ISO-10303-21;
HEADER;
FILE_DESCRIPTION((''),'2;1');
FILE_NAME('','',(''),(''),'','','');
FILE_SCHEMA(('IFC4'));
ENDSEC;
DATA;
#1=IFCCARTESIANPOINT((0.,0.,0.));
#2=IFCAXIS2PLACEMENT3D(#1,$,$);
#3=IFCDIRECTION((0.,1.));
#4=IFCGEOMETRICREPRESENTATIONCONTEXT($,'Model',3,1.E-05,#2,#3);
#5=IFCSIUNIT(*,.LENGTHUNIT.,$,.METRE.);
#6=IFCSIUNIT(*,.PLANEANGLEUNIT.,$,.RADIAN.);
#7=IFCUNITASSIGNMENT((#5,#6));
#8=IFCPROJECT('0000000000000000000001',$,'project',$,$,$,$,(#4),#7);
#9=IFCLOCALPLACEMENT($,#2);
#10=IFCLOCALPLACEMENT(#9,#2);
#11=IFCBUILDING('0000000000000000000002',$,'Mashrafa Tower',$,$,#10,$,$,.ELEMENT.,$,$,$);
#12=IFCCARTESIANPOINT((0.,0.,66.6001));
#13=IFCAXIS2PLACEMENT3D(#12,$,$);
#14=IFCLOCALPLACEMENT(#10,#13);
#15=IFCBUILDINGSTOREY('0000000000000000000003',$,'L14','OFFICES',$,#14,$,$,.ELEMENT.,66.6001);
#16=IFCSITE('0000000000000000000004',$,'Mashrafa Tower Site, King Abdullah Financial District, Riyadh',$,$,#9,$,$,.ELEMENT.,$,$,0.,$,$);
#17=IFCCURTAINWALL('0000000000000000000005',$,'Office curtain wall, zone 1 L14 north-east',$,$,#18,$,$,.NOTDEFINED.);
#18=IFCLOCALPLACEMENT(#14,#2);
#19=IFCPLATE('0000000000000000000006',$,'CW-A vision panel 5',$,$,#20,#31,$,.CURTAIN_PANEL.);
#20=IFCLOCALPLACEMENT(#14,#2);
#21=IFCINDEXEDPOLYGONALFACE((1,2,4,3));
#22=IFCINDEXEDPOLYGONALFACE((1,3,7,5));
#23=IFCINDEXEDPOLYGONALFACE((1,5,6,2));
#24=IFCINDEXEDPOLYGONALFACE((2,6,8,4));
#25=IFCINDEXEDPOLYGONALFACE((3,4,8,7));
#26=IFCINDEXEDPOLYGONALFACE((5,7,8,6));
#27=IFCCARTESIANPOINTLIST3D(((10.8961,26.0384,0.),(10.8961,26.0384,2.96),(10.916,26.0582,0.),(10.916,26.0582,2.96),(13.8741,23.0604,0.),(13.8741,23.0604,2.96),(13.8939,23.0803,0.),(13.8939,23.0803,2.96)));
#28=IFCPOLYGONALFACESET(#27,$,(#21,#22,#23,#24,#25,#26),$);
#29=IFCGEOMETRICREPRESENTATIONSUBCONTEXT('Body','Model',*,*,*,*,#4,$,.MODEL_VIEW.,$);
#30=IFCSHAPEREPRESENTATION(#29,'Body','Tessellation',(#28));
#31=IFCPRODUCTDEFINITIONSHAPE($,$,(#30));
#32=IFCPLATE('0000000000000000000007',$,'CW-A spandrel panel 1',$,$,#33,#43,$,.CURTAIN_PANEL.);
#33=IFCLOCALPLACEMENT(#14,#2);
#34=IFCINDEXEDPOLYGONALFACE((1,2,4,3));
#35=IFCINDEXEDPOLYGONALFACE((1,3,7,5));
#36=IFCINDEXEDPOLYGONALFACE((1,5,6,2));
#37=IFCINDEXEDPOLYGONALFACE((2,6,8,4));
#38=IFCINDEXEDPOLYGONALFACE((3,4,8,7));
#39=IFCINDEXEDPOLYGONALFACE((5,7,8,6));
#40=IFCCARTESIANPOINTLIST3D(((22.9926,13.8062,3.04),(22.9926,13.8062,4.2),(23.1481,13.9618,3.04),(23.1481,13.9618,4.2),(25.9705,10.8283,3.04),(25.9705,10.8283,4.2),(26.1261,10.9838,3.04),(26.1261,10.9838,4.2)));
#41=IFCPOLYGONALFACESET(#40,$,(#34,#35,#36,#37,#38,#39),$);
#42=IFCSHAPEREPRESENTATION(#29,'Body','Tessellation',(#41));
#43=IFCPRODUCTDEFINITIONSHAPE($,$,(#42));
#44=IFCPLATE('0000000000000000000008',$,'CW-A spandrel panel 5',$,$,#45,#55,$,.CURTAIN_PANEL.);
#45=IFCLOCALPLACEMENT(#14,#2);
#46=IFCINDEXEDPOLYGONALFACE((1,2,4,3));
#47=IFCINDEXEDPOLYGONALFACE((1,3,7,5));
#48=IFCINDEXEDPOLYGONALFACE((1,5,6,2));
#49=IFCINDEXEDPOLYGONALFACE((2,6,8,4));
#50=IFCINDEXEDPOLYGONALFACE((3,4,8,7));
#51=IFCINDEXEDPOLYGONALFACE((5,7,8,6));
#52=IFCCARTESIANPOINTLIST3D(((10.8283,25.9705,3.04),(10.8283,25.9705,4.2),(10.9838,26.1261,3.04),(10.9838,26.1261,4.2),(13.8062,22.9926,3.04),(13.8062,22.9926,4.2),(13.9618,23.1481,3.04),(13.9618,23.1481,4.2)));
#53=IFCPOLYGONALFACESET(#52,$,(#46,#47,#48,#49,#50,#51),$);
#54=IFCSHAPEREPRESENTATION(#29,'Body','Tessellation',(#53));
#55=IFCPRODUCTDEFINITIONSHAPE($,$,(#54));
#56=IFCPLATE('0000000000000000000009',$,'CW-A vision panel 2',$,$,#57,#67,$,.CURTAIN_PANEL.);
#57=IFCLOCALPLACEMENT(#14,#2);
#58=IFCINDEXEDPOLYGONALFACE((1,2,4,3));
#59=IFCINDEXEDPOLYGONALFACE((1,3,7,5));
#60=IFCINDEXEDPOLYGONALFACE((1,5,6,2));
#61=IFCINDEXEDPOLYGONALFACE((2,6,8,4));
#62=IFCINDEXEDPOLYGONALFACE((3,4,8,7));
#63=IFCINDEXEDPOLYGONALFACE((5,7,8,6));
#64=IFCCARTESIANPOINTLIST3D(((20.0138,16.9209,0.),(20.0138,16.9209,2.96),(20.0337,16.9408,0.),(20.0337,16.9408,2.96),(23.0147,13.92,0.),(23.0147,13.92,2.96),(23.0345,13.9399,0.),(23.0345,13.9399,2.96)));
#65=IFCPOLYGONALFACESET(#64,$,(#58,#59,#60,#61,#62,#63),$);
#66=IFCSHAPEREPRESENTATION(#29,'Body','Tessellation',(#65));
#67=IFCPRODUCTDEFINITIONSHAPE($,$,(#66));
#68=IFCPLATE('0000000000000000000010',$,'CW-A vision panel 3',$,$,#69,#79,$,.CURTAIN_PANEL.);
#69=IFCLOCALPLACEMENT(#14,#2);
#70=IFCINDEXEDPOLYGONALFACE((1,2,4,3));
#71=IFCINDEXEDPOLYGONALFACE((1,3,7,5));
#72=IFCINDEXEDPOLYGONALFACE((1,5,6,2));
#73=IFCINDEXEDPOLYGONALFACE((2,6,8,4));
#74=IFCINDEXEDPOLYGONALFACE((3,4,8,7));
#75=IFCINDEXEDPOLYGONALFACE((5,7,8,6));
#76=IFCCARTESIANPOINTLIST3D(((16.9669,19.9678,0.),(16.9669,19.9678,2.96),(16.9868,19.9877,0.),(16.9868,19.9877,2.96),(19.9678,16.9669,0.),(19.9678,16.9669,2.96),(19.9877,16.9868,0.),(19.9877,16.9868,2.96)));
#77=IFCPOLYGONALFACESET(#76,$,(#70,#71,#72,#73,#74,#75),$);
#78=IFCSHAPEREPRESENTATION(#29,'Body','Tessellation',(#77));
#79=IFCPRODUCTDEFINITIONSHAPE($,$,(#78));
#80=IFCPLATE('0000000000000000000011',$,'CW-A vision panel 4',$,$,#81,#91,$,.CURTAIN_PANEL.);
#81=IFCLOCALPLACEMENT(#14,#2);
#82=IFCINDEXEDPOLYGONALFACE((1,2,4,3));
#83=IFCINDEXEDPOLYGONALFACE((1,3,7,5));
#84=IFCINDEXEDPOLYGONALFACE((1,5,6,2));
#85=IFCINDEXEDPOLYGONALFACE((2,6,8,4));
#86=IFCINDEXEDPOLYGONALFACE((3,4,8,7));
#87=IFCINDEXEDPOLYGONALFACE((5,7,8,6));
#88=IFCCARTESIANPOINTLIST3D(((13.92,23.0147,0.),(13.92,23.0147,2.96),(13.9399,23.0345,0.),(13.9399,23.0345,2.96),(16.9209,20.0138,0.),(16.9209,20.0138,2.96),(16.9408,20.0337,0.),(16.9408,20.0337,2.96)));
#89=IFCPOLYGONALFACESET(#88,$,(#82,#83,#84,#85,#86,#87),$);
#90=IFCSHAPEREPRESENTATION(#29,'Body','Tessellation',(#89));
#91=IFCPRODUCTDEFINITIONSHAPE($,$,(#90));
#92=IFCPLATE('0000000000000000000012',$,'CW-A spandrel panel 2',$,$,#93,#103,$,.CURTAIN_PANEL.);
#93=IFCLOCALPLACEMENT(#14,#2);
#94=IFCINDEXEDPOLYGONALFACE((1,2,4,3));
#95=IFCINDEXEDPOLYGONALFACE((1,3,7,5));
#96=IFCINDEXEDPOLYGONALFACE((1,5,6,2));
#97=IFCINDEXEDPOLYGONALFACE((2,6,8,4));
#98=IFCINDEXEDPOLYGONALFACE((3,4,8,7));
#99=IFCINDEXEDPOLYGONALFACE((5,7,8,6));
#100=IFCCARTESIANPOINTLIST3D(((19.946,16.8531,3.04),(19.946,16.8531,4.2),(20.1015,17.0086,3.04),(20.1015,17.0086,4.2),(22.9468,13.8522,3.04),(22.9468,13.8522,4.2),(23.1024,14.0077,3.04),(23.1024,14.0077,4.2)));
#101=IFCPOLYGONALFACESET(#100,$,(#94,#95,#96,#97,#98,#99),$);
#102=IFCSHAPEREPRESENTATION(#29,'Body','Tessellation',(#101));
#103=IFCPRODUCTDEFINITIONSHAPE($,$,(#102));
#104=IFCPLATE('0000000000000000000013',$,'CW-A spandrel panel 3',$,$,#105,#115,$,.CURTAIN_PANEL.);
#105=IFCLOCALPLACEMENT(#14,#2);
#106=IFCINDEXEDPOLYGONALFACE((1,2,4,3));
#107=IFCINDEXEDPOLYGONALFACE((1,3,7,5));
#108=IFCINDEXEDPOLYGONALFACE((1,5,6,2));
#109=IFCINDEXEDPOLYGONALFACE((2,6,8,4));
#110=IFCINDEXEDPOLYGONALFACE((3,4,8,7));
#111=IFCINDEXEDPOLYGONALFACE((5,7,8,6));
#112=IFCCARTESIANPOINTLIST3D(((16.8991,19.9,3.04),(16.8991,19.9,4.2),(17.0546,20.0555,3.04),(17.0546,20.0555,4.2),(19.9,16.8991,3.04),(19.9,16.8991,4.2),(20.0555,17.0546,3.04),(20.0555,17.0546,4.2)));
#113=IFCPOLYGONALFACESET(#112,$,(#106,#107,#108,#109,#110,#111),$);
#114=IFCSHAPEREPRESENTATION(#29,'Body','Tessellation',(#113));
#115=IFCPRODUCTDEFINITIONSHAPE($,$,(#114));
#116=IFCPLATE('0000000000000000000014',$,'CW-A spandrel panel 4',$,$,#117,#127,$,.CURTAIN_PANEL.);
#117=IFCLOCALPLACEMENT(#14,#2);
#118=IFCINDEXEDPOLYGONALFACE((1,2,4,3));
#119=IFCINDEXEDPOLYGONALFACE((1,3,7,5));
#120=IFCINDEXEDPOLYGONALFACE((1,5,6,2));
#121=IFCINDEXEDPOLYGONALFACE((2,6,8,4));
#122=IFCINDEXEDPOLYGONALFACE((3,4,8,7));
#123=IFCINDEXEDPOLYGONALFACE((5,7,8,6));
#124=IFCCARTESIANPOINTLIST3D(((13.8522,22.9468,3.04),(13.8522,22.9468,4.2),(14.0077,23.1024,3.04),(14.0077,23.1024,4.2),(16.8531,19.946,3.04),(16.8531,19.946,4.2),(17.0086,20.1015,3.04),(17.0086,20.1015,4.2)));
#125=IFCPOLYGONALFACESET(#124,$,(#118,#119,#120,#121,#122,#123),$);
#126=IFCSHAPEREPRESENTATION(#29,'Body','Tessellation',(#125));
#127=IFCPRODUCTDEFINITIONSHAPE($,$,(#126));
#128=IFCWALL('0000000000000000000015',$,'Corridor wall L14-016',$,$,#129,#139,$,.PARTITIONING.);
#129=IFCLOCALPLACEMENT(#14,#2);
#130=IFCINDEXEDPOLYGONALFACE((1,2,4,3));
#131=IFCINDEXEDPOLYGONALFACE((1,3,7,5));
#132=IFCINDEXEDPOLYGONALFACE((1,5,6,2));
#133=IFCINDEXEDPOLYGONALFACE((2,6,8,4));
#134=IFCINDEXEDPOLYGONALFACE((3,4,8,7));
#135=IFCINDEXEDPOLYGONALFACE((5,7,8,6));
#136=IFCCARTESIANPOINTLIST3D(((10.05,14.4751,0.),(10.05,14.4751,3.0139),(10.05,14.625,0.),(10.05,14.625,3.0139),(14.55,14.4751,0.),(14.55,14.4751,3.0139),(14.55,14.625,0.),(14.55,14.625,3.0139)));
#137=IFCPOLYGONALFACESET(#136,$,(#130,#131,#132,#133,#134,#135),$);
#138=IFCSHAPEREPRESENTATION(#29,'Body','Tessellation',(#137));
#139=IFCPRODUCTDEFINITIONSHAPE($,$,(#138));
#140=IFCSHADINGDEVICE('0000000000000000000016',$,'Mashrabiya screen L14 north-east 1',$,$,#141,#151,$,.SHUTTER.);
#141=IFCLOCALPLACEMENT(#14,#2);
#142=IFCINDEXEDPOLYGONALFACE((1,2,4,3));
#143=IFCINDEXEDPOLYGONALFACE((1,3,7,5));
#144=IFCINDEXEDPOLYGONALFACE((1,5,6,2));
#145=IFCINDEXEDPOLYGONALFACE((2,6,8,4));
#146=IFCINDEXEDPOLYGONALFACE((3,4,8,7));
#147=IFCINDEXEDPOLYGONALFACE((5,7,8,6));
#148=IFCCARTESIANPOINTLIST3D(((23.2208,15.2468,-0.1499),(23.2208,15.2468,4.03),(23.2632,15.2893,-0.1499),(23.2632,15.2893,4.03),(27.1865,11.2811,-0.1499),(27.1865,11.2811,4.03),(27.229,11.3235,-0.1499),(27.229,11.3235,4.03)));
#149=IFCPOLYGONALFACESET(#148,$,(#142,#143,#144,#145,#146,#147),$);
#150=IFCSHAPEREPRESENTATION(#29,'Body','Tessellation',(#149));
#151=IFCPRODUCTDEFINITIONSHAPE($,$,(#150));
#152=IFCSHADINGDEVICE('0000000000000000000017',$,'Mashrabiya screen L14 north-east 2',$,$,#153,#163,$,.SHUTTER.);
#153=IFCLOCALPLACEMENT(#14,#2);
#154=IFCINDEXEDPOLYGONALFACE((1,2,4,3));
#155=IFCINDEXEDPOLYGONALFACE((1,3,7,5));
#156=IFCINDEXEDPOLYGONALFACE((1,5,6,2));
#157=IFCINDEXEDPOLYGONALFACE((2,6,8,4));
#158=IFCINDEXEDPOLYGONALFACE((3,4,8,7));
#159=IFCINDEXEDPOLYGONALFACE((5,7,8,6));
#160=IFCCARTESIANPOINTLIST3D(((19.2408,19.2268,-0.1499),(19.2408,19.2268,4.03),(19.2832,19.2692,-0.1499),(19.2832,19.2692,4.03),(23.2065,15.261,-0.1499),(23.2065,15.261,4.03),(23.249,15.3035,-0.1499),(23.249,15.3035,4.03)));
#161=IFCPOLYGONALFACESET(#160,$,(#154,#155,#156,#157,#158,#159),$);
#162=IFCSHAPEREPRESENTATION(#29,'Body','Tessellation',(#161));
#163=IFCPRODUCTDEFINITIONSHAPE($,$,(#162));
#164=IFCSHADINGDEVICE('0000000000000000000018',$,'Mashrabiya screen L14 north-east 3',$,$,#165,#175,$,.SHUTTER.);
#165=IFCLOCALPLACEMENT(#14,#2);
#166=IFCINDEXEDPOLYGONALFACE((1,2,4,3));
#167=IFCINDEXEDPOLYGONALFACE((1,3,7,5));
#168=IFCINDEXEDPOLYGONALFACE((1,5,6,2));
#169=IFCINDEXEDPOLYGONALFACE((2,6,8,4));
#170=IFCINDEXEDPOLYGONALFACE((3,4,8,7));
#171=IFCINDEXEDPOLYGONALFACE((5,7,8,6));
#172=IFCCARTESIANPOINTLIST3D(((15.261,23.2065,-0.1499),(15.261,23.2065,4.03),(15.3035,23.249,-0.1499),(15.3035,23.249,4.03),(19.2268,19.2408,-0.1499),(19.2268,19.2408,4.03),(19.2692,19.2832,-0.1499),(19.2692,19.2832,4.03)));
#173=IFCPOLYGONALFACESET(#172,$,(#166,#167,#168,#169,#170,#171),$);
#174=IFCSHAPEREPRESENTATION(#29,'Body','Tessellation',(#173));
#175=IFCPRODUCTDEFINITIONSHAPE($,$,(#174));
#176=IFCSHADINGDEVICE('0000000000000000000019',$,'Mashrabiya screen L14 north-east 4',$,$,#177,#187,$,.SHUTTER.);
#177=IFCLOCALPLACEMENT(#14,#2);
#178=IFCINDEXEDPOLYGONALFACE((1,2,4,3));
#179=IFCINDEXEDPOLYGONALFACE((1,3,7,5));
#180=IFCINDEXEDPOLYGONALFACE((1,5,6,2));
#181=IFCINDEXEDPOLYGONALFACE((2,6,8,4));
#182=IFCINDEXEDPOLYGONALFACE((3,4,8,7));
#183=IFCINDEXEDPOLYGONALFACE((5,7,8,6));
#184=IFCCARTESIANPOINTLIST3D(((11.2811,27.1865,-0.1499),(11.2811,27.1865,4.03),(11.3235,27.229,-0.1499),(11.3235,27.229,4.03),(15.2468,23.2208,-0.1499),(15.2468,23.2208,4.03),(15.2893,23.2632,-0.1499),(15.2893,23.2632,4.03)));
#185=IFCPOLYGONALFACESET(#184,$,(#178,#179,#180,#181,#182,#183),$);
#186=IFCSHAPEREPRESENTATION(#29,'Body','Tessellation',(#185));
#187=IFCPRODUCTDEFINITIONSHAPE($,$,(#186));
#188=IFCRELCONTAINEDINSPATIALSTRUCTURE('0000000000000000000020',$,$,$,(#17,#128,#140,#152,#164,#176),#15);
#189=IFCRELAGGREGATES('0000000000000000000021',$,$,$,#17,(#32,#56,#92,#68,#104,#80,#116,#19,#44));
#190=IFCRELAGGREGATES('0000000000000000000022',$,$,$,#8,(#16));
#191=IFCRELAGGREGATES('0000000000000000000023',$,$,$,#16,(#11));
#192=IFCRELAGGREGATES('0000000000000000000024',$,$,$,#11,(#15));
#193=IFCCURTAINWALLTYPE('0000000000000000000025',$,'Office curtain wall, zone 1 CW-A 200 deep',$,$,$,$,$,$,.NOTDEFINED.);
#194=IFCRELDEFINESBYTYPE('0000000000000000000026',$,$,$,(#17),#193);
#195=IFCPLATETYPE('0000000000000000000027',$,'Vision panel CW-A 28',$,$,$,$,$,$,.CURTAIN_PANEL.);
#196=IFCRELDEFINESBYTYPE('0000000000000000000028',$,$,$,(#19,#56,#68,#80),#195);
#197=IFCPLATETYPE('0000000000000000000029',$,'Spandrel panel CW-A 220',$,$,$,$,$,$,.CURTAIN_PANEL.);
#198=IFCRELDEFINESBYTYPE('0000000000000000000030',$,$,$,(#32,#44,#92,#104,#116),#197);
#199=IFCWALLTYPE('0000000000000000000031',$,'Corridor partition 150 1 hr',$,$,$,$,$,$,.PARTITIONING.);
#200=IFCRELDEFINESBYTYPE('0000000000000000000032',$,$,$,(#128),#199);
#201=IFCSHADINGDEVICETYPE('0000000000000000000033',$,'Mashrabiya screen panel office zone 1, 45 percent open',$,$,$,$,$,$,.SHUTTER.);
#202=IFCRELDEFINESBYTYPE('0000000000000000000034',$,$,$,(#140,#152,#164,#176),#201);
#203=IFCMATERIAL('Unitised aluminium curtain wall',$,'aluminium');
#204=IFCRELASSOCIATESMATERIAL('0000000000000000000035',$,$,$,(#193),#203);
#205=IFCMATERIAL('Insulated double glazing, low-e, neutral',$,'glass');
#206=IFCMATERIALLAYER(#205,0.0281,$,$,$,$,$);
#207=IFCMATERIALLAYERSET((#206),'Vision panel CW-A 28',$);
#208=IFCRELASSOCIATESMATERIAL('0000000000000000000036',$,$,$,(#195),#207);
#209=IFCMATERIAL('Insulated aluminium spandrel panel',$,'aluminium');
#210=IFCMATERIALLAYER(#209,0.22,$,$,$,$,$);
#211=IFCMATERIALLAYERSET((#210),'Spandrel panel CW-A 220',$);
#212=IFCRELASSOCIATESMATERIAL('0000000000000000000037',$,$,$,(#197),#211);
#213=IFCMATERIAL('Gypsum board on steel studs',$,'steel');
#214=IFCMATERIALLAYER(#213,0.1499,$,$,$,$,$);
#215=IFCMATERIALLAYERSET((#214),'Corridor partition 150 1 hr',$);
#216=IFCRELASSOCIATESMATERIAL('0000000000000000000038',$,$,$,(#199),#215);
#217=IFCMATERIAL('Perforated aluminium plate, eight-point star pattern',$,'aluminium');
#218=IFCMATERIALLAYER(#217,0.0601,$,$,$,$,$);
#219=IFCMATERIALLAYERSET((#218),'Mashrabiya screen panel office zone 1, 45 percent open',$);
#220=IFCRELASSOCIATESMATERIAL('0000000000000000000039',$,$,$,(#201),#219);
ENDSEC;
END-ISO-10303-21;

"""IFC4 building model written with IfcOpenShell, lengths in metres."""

from ifc_helpers import new_model, si_unit, direction, frame, frame_2d, origin, origin_2d, place, context, subcontext, project, spatial, rectangle, extrude, source, transform, mapped, material, layer, layer_set, type_object, type_shapes, element, aggregate, save


model = new_model("IFC4")

# Units and contexts
model_context = context("Model", 3, precision=1e-05, world=origin(), true_north=direction((0.0, 1.0)))
body_context = subcontext(model_context, "Body", "Model", "MODEL_VIEW")
ifc_project = project(units=[si_unit("LENGTHUNIT", "METRE"), si_unit("PLANEANGLEUNIT", "RADIAN")], contexts=[model_context])

# Site, building, storey
site_placement = place(None, origin())
site = spatial("IfcSite", under=ifc_project, at=site_placement, Name="Mashrafa Tower Site, King Abdullah Financial District, Riyadh", CompositionType="ELEMENT", RefElevation=0.0)
building_placement = place(site_placement, origin())
building = spatial("IfcBuilding", under=site, at=building_placement, Name="Mashrafa Tower", CompositionType="ELEMENT")
storey_placement = place(building_placement, frame((0.0, 0.0, 66.6001)))
storey = spatial("IfcBuildingStorey", under=building, at=storey_placement, Name="L14", Description="OFFICES", CompositionType="ELEMENT", Elevation=66.6001)

# Curtain wall, plates
ifc_material_1 = material(Name="Unitised aluminium curtain wall", Category="aluminium")
curtain_wall_type = type_object("IfcCurtainWallType", Name="Office curtain wall, zone 1 CW-A 200 deep", PredefinedType="NOTDEFINED", material=ifc_material_1)
curtain_wall_placement = place(storey_placement, origin())
curtain_wall = element("IfcCurtainWall", 1, at=curtain_wall_placement, inside=storey, type_object=curtain_wall_type, Name="Office curtain wall, zone 1 L14 north-east", PredefinedType="NOTDEFINED")
ifc_material_2 = material(Name="Insulated double glazing, low-e, neutral", Category="glass")
ifc_layer_1 = layer(ifc_material_2, 0.0281)
ifc_layer_set_1 = layer_set([ifc_layer_1], Name="Vision panel CW-A 28")
plate_type_1 = type_object("IfcPlateType", Name="Vision panel CW-A 28", PredefinedType="CURTAIN_PANEL", material=ifc_layer_set_1)
shared_shape_1 = source(origin(), body_context, "Body", "SweptSolid", [
    extrude(rectangle(XDim=4.2114, YDim=0.0281, at=origin_2d()), origin(), (0.0, 0.0, 1.0), 2.96),
])
plate_1_placement = place(storey_placement, frame((12.395, 24.5593, 0.0), z_axis=(0.0, 0.0, 1.0), x_axis=(-0.707107, 0.707107, 0.0)))
plate_1 = element("IfcPlate", 2, at=plate_1_placement, type_object=plate_type_1, Name="CW-A vision panel 5", PredefinedType="CURTAIN_PANEL", context=body_context, shape_type="MappedRepresentation", body=[
    mapped(shared_shape_1, transform((0.0, 0.0, 0.0))),
])
ifc_material_3 = material(Name="Insulated aluminium spandrel panel", Category="aluminium")
ifc_layer_2 = layer(ifc_material_3, 0.22)
ifc_layer_set_2 = layer_set([ifc_layer_2], Name="Spandrel panel CW-A 220")
plate_type_2 = type_object("IfcPlateType", Name="Spandrel panel CW-A 220", PredefinedType="CURTAIN_PANEL", material=ifc_layer_set_2)
shared_shape_2 = source(origin(), body_context, "Body", "SweptSolid", [
    extrude(rectangle(XDim=4.2114, YDim=0.22, at=origin_2d()), origin(), (0.0, 0.0, 1.0), 1.1599),
])
plate_2_placement = place(storey_placement, frame((24.5593, 12.395, 3.04), z_axis=(0.0, 0.0, 1.0), x_axis=(-0.707107, 0.707107, 0.0)))
plate_2 = element("IfcPlate", 3, at=plate_2_placement, type_object=plate_type_2, Name="CW-A spandrel panel 1", PredefinedType="CURTAIN_PANEL", context=body_context, shape_type="MappedRepresentation", body=[
    mapped(shared_shape_2, transform((0.0, 0.0, 0.0))),
])
plate_3_placement = place(storey_placement, frame((12.395, 24.5593, 3.04), z_axis=(0.0, 0.0, 1.0), x_axis=(-0.707107, 0.707107, 0.0)))
plate_3 = element("IfcPlate", 4, at=plate_3_placement, type_object=plate_type_2, Name="CW-A spandrel panel 5", PredefinedType="CURTAIN_PANEL", context=body_context, shape_type="MappedRepresentation", body=[
    mapped(shared_shape_2, transform((0.0, 0.0, 0.0))),
])
shared_shape_3 = source(origin(), body_context, "Body", "SweptSolid", [
    extrude(rectangle(XDim=4.2439, YDim=0.0281, at=origin_2d()), origin(), (0.0, 0.0, 1.0), 2.96),
])
type_shapes(plate_type_1, [shared_shape_1, shared_shape_3])
plate_4_placement = place(storey_placement, frame((21.5242, 15.4304, 0.0), z_axis=(0.0, 0.0, 1.0), x_axis=(-0.707107, 0.707107, 0.0)))
plate_4 = element("IfcPlate", 5, at=plate_4_placement, type_object=plate_type_1, Name="CW-A vision panel 2", PredefinedType="CURTAIN_PANEL", context=body_context, shape_type="MappedRepresentation", body=[
    mapped(shared_shape_3, transform((0.0, 0.0, 0.0))),
])
plate_5_placement = place(storey_placement, frame((18.4773, 18.4773, 0.0), z_axis=(0.0, 0.0, 1.0), x_axis=(-0.707107, 0.707107, 0.0)))
plate_5 = element("IfcPlate", 6, at=plate_5_placement, type_object=plate_type_1, Name="CW-A vision panel 3", PredefinedType="CURTAIN_PANEL", context=body_context, shape_type="MappedRepresentation", body=[
    mapped(shared_shape_3, transform((0.0, 0.0, 0.0))),
])
plate_6_placement = place(storey_placement, frame((15.4304, 21.5242, 0.0), z_axis=(0.0, 0.0, 1.0), x_axis=(-0.707107, 0.707107, 0.0)))
plate_6 = element("IfcPlate", 7, at=plate_6_placement, type_object=plate_type_1, Name="CW-A vision panel 4", PredefinedType="CURTAIN_PANEL", context=body_context, shape_type="MappedRepresentation", body=[
    mapped(shared_shape_3, transform((0.0, 0.0, 0.0))),
])
shared_shape_4 = source(origin(), body_context, "Body", "SweptSolid", [
    extrude(rectangle(XDim=4.2439, YDim=0.22, at=origin_2d()), origin(), (0.0, 0.0, 1.0), 1.1599),
])
type_shapes(plate_type_2, [shared_shape_2, shared_shape_4])
plate_7_placement = place(storey_placement, frame((21.5242, 15.4304, 3.04), z_axis=(0.0, 0.0, 1.0), x_axis=(-0.707107, 0.707107, 0.0)))
plate_7 = element("IfcPlate", 8, at=plate_7_placement, type_object=plate_type_2, Name="CW-A spandrel panel 2", PredefinedType="CURTAIN_PANEL", context=body_context, shape_type="MappedRepresentation", body=[
    mapped(shared_shape_4, transform((0.0, 0.0, 0.0))),
])
plate_8_placement = place(storey_placement, frame((18.4773, 18.4773, 3.04), z_axis=(0.0, 0.0, 1.0), x_axis=(-0.707107, 0.707107, 0.0)))
plate_8 = element("IfcPlate", 9, at=plate_8_placement, type_object=plate_type_2, Name="CW-A spandrel panel 3", PredefinedType="CURTAIN_PANEL", context=body_context, shape_type="MappedRepresentation", body=[
    mapped(shared_shape_4, transform((0.0, 0.0, 0.0))),
])
plate_9_placement = place(storey_placement, frame((15.4304, 21.5242, 3.04), z_axis=(0.0, 0.0, 1.0), x_axis=(-0.707107, 0.707107, 0.0)))
plate_9 = element("IfcPlate", 10, at=plate_9_placement, type_object=plate_type_2, Name="CW-A spandrel panel 4", PredefinedType="CURTAIN_PANEL", context=body_context, shape_type="MappedRepresentation", body=[
    mapped(shared_shape_4, transform((0.0, 0.0, 0.0))),
])
aggregate(curtain_wall, [plate_2, plate_4, plate_7, plate_5, plate_8, plate_6, plate_9, plate_1, plate_3])

# Wall
ifc_material_4 = material(Name="Gypsum board on steel studs", Category="steel")
ifc_layer_3 = layer(ifc_material_4, 0.1499)
ifc_layer_set_3 = layer_set([ifc_layer_3], Name="Corridor partition 150 1 hr")
wall_type = type_object("IfcWallType", Name="Corridor partition 150 1 hr", PredefinedType="PARTITIONING", material=ifc_layer_set_3)
wall_placement = place(storey_placement, frame((14.55, 14.55, 0.0), z_axis=(0.0, 0.0, 1.0), x_axis=(-1.0, 0.0, 0.0)))
element("IfcWall", 11, at=wall_placement, inside=storey, type_object=wall_type, Name="Corridor wall L14-016", PredefinedType="PARTITIONING", context=body_context, shape_type="SweptSolid", body=[
    extrude(rectangle(XDim=4.5, YDim=0.1499, at=frame_2d((2.25, 0.0))), origin(), (0.0, 0.0, 1.0), 3.0139),
])

# Shading devices
ifc_material_5 = material(Name="Perforated aluminium plate, eight-point star pattern", Category="aluminium")
ifc_layer_4 = layer(ifc_material_5, 0.0601)
ifc_layer_set_4 = layer_set([ifc_layer_4], Name="Mashrabiya screen panel office zone 1, 45 percent open")
shading_device_type = type_object("IfcShadingDeviceType", Name="Mashrabiya screen panel office zone 1, 45 percent open", PredefinedType="SHUTTER", material=ifc_layer_set_4)
shared_shape_5 = source(origin(), body_context, "Body", "SweptSolid", [
    extrude(rectangle(XDim=5.6084, YDim=0.0601, at=origin_2d()), origin(), (0.0, 0.0, 1.0), 4.1799),
])
type_shapes(shading_device_type, [shared_shape_5])
for number, where, z_axis, x_axis, name in (
    (12, (25.2249, 13.2852, -0.1499), (0.0, 0.0, 1.0), (-0.707107, 0.707107, 0.0), "Mashrabiya screen L14 north-east 1"),
    (13, (21.2449, 17.2651, -0.1499), (0.0, 0.0, 1.0), (-0.707107, 0.707107, 0.0), "Mashrabiya screen L14 north-east 2"),
    (14, (17.2651, 21.2449, -0.1499), (0.0, 0.0, 1.0), (-0.707107, 0.707107, 0.0), "Mashrabiya screen L14 north-east 3"),
    (15, (13.2852, 25.2249, -0.1499), (0.0, 0.0, 1.0), (-0.707107, 0.707107, 0.0), "Mashrabiya screen L14 north-east 4"),
):
    element("IfcShadingDevice", number, at=place(storey_placement, frame(where, z_axis=z_axis, x_axis=x_axis)), inside=storey, type_object=shading_device_type, Name=name, PredefinedType="SHUTTER", context=body_context, shape_type="MappedRepresentation", body=[
        mapped(shared_shape_5, transform((0.0, 0.0, 0.0))),
    ])

save(model, "model.ifc")
